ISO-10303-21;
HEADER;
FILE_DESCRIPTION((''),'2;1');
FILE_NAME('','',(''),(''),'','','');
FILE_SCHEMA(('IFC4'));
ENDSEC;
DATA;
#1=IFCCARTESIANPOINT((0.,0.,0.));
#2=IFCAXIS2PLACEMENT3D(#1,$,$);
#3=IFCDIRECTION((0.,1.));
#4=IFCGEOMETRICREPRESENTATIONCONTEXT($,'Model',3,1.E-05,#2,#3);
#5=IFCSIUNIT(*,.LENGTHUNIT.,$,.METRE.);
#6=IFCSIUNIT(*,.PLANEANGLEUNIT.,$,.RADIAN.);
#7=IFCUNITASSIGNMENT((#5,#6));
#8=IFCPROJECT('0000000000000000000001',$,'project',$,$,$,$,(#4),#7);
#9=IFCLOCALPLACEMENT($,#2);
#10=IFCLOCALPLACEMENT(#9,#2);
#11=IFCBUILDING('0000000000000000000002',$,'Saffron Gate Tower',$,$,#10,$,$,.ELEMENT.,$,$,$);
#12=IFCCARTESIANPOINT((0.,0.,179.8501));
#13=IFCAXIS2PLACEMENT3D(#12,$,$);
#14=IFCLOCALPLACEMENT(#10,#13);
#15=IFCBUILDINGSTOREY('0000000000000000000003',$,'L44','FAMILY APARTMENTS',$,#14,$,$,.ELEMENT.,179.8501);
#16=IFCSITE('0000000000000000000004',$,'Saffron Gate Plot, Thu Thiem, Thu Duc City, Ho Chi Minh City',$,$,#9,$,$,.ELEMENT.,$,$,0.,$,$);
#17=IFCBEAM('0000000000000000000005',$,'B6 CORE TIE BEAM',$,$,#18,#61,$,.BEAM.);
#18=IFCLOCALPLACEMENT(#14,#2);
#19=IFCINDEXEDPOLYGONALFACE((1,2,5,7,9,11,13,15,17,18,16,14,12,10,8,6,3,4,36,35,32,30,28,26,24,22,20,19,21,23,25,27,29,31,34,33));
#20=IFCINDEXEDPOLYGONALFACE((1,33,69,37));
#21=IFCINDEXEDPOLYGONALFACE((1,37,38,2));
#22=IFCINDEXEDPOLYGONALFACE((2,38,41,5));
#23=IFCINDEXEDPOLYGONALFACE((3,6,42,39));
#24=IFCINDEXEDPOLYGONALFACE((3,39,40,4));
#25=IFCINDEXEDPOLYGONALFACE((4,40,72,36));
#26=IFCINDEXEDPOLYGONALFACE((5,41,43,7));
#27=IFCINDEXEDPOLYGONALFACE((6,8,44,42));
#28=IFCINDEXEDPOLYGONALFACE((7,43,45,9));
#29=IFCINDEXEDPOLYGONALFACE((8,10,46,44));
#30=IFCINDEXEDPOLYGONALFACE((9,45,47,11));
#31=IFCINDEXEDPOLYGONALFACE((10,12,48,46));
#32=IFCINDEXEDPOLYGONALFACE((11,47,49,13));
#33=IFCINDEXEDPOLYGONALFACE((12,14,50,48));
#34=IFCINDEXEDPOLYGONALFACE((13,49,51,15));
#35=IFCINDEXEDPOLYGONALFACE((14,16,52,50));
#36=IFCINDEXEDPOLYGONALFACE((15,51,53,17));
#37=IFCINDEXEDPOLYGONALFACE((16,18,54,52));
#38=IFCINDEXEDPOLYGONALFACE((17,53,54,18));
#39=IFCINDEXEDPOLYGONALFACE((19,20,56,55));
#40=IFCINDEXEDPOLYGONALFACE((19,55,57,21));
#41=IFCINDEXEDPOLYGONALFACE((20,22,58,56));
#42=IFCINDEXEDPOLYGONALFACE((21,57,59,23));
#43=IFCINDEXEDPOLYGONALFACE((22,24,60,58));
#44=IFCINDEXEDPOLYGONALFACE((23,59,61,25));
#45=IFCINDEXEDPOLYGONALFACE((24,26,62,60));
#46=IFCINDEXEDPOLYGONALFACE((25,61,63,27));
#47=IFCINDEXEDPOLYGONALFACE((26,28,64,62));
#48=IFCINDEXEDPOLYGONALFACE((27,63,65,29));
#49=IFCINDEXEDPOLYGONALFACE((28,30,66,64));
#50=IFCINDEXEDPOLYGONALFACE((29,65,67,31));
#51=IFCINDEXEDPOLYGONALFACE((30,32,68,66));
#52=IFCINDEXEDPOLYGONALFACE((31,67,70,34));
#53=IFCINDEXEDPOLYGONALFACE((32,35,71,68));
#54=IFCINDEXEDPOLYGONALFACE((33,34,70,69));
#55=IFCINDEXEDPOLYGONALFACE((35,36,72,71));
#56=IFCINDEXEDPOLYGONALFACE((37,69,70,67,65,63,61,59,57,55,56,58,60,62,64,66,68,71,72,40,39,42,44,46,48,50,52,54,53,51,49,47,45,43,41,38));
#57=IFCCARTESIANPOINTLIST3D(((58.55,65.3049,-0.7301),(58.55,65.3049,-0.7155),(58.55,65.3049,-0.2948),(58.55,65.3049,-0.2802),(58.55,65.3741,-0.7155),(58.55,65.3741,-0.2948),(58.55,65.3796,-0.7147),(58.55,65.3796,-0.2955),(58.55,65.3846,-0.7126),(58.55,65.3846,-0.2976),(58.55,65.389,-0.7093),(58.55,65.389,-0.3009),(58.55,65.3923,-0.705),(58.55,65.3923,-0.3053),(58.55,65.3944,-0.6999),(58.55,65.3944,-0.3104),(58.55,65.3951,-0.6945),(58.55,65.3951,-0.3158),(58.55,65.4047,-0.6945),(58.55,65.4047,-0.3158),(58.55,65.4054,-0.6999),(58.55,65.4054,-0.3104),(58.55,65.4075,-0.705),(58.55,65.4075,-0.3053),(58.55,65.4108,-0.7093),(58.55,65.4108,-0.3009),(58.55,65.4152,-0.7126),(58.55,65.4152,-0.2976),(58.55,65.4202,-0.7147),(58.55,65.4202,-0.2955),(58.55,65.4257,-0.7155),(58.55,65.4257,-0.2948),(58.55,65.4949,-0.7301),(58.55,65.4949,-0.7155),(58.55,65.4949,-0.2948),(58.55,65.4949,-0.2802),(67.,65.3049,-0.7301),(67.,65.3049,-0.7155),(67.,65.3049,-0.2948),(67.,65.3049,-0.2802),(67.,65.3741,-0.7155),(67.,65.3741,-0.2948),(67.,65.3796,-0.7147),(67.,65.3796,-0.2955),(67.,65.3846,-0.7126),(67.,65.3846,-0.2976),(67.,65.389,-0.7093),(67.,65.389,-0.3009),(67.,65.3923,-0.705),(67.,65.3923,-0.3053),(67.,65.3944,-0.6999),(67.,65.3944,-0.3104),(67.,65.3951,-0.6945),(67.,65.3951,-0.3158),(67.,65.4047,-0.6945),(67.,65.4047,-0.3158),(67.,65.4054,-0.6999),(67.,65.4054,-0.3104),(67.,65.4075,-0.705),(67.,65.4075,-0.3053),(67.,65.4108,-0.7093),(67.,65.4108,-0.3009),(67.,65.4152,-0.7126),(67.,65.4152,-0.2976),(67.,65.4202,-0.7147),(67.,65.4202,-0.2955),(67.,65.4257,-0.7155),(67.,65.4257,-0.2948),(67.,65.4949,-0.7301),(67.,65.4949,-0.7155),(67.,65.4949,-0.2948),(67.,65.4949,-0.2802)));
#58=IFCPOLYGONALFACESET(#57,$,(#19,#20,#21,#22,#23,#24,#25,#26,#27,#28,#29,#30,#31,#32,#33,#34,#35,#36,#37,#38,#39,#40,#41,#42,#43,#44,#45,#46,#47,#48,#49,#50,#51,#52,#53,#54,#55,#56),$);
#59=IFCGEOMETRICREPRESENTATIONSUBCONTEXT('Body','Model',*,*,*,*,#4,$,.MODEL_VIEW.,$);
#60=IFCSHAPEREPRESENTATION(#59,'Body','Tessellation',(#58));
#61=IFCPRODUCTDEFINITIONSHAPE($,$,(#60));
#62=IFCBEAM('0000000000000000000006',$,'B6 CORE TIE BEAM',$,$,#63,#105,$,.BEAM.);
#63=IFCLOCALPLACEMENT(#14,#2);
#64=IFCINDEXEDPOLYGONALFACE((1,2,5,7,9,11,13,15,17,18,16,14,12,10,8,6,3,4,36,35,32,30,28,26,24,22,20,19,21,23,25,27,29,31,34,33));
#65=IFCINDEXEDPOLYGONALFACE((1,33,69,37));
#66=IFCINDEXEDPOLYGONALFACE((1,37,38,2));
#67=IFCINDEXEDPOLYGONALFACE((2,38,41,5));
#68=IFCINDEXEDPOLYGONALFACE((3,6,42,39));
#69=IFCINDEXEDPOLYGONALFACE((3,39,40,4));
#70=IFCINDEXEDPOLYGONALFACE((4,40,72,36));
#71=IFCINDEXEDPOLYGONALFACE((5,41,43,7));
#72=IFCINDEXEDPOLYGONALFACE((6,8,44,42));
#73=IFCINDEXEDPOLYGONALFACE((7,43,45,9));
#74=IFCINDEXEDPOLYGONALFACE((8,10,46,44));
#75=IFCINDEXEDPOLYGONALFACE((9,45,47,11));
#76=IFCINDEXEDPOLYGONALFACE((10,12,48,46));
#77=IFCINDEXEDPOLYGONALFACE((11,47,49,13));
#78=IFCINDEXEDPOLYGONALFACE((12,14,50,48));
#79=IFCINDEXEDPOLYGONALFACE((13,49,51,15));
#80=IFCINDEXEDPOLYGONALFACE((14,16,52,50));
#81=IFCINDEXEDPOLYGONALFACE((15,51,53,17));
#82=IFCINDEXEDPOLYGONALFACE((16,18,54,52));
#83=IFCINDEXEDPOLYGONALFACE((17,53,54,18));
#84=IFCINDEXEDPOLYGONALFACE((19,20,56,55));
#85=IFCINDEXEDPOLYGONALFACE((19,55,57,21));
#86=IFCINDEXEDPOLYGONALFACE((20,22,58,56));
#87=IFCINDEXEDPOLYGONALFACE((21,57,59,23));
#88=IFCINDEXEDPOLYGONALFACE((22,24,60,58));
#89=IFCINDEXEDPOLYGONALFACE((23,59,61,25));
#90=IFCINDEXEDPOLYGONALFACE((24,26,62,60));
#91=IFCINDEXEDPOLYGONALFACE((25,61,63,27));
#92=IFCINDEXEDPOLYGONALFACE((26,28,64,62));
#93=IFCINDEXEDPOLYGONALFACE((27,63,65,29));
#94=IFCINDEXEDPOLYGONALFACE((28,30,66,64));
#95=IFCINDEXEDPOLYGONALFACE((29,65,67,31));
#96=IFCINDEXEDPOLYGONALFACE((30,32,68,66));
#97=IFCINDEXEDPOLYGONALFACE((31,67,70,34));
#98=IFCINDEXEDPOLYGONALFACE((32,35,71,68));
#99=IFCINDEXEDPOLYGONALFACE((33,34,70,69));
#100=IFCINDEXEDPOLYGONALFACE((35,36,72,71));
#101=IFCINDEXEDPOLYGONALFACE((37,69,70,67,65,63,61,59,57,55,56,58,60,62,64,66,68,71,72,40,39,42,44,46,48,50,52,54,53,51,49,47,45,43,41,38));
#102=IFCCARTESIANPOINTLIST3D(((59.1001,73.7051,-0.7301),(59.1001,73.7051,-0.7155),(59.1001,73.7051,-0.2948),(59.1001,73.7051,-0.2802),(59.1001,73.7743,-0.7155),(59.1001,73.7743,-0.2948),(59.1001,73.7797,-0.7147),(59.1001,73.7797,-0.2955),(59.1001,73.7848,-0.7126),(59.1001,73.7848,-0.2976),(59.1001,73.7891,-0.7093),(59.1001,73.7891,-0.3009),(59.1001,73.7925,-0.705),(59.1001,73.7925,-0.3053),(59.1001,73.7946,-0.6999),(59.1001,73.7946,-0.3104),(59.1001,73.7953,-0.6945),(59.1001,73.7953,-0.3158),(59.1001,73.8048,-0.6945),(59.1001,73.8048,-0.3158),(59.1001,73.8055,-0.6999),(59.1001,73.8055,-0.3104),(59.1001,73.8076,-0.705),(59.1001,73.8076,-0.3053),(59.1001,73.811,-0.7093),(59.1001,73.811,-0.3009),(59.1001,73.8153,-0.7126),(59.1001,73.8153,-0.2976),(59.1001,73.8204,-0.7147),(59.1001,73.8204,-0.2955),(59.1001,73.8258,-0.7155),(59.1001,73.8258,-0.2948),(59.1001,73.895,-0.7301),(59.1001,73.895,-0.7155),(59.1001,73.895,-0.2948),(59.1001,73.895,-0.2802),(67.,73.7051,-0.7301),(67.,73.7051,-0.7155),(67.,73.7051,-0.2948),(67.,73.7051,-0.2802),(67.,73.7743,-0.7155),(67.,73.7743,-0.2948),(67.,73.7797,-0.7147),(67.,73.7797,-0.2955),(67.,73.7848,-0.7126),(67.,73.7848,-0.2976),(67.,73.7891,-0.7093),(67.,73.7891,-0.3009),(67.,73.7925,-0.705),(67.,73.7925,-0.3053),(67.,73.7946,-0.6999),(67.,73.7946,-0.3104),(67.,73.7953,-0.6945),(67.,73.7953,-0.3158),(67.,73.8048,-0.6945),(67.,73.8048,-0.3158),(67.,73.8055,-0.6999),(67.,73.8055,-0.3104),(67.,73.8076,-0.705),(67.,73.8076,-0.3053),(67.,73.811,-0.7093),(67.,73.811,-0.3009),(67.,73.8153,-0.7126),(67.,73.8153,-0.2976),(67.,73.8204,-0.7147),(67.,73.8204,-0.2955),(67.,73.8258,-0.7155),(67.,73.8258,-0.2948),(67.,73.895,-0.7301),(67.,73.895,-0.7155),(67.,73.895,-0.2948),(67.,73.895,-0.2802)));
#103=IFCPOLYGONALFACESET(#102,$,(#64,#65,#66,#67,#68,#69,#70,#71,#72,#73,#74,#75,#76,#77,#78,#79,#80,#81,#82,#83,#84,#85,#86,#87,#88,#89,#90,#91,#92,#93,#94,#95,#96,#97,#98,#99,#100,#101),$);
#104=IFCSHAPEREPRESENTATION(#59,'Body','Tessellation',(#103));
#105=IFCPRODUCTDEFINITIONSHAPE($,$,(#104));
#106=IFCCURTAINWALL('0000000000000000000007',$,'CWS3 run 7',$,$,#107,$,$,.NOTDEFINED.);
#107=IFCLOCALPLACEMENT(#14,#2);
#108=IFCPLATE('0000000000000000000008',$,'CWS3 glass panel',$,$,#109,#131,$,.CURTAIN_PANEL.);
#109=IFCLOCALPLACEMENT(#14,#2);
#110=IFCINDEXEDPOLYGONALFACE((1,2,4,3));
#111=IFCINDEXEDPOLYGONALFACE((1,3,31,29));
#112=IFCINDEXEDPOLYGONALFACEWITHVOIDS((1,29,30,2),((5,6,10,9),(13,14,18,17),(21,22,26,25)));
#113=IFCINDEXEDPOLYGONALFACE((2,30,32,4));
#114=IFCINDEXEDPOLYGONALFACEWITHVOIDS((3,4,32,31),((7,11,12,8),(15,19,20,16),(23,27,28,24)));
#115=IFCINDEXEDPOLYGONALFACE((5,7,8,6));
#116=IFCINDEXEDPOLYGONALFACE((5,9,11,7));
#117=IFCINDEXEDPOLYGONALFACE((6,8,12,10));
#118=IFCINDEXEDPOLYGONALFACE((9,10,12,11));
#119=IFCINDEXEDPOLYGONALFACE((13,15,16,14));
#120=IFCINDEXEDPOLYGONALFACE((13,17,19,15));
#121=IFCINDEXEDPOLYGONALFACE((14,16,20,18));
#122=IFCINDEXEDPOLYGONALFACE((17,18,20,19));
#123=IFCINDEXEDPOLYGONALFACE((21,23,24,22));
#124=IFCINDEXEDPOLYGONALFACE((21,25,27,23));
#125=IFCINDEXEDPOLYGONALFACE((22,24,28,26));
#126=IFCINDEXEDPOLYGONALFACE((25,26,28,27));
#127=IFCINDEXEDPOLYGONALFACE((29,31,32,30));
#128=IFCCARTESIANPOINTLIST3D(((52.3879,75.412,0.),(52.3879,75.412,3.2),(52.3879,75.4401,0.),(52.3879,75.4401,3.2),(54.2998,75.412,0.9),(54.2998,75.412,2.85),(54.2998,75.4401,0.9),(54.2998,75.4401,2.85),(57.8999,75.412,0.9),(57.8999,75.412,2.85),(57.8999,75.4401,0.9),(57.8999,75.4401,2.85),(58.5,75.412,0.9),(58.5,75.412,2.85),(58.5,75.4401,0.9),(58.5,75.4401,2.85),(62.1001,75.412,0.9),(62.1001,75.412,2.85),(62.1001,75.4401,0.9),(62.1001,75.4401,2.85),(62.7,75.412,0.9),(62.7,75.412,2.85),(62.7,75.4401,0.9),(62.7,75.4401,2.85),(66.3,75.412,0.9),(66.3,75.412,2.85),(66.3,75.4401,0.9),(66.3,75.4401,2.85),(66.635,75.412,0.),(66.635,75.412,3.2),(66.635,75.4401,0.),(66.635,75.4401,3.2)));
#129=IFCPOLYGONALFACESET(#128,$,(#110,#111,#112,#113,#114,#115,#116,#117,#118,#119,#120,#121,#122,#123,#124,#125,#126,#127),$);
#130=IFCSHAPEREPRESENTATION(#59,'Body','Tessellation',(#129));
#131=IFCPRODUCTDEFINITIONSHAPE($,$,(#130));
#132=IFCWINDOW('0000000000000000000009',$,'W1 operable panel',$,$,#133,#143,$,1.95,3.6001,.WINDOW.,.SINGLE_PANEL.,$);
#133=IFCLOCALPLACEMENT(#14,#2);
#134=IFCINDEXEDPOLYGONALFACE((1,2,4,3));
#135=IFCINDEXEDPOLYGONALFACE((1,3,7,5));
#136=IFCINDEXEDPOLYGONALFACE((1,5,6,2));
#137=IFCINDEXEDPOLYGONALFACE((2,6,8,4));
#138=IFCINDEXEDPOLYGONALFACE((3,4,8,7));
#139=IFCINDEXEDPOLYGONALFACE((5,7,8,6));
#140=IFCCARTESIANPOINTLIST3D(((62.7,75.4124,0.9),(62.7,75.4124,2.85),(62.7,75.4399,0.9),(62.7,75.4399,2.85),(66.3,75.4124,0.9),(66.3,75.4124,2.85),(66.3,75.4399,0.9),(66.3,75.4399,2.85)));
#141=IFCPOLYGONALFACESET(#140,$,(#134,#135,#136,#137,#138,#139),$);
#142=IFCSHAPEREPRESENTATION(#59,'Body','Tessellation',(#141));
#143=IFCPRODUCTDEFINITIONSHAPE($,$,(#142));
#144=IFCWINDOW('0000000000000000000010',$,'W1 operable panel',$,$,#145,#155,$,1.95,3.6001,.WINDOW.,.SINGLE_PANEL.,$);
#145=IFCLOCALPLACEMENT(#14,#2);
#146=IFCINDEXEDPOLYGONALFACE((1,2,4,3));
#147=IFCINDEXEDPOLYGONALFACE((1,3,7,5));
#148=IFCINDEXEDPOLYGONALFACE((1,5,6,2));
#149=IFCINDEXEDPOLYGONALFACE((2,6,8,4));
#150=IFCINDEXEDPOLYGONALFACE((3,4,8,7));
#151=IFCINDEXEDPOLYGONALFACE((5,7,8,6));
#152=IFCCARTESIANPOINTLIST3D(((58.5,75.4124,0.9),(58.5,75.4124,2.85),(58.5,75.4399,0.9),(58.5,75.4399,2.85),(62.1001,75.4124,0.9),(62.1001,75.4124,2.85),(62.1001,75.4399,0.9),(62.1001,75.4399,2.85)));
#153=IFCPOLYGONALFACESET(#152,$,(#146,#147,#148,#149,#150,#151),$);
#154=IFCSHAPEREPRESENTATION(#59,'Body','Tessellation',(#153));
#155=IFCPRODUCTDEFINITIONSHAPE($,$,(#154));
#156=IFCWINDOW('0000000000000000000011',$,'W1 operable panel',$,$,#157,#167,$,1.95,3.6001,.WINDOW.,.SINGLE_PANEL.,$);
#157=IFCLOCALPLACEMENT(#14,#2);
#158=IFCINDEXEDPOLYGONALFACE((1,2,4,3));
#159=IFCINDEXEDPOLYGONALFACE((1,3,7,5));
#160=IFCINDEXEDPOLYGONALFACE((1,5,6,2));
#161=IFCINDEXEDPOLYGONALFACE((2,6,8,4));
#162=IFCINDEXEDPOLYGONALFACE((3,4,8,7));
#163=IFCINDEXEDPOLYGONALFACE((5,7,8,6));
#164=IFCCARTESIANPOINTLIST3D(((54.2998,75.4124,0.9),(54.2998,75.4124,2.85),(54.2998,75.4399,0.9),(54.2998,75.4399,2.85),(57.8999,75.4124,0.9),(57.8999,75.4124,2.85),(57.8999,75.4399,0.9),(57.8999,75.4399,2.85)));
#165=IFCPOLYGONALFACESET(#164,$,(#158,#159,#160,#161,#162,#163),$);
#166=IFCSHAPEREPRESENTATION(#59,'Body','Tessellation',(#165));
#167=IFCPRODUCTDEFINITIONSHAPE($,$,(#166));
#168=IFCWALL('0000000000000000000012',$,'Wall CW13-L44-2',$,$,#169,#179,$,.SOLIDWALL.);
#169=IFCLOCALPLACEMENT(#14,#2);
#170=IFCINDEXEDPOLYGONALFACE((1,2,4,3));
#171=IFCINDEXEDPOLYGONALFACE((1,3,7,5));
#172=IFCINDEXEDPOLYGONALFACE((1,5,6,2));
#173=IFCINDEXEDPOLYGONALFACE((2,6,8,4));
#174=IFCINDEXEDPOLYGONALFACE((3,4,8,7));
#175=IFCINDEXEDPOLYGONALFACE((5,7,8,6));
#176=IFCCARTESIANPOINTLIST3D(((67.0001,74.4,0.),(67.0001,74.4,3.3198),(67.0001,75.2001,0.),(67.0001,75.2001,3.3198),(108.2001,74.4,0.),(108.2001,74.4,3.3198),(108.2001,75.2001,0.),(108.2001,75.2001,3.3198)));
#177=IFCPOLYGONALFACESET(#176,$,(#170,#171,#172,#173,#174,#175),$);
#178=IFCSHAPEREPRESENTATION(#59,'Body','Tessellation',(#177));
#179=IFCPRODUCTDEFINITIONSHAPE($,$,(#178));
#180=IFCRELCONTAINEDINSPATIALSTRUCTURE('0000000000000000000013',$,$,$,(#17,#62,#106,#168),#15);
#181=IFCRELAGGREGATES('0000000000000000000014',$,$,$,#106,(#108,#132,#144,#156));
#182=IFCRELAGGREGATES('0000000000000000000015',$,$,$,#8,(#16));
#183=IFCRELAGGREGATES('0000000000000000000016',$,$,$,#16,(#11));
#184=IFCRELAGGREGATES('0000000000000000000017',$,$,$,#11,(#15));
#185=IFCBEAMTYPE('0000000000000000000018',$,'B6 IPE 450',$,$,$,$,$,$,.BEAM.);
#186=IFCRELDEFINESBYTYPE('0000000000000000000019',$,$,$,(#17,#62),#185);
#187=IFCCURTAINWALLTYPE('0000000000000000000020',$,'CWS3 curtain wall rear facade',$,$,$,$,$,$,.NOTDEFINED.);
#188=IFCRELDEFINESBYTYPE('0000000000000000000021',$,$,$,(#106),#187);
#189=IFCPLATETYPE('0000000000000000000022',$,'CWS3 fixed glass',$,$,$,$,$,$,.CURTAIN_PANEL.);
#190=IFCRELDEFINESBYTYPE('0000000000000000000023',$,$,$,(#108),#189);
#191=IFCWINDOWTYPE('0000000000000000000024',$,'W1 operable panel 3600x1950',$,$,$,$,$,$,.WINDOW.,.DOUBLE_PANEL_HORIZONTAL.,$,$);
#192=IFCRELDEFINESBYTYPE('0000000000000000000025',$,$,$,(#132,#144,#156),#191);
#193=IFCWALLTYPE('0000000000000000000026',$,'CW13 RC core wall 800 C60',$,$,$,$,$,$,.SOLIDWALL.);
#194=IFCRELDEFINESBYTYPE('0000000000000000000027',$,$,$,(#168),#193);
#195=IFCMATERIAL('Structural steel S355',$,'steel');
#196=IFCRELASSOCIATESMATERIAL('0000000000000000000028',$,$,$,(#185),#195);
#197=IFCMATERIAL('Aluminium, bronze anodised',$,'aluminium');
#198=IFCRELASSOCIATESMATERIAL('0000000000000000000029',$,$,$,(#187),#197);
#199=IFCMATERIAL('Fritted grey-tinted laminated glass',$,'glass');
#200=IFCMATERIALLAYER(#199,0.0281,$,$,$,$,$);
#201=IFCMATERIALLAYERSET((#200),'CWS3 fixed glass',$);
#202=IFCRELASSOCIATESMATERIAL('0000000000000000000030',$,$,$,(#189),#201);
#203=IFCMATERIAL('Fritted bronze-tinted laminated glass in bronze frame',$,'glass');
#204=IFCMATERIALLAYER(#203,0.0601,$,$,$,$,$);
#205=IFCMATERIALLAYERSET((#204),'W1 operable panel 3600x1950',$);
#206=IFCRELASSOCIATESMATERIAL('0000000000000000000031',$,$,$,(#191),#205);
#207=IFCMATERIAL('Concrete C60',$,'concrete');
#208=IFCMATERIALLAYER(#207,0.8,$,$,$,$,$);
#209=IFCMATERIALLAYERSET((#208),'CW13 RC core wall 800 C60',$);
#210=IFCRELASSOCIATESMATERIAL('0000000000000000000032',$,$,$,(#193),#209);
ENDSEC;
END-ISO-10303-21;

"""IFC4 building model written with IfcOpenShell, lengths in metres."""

from ifc_helpers import new_model, si_unit, direction, frame, frame_2d, origin, origin_2d, place, context, subcontext, project, spatial, rectangle, i_section, extrude, material, layer, layer_set, material_profile, profile_set, type_object, element, fill, aggregate, save


model = new_model("IFC4")

# Units and contexts
model_context = context("Model", 3, precision=1e-05, world=origin(), true_north=direction((0.0, 1.0)))
body_context = subcontext(model_context, "Body", "Model", "MODEL_VIEW")
ifc_project = project(units=[si_unit("LENGTHUNIT", "METRE"), si_unit("PLANEANGLEUNIT", "RADIAN")], contexts=[model_context])

# Site, building, storey
site_placement = place(None, origin())
site = spatial("IfcSite", under=ifc_project, at=site_placement, Name="Saffron Gate Plot, Thu Thiem, Thu Duc City, Ho Chi Minh City", CompositionType="ELEMENT", RefElevation=0.0)
building_placement = place(site_placement, origin())
building = spatial("IfcBuilding", under=site, at=building_placement, Name="Saffron Gate Tower", CompositionType="ELEMENT")
storey_placement = place(building_placement, frame((0.0, 0.0, 179.8501)))
storey = spatial("IfcBuildingStorey", under=building, at=storey_placement, Name="L44", Description="FAMILY APARTMENTS", CompositionType="ELEMENT", Elevation=179.8501)

# Beams
ifc_material_1 = material(Name="Structural steel S355", Category="steel")
ifc_material_profile = material_profile(ifc_material_1, i_section(OverallWidth=0.1899, OverallDepth=0.45, WebThickness=0.0095, FlangeThickness=0.0146, FilletRadius=0.021, at=origin_2d()))
ifc_profile_set = profile_set([ifc_material_profile], Name="Structural steel S355")
beam_type = type_object("IfcBeamType", Name="B6 IPE 450", PredefinedType="BEAM", material=ifc_profile_set)
beam_1_placement = place(storey_placement, frame((58.55, 65.3999, -0.5051), z_axis=(1.0, 0.0, 0.0), x_axis=(0.0, 1.0, 0.0)))
element("IfcBeam", 1, at=beam_1_placement, inside=storey, type_object=beam_type, Name="B6 CORE TIE BEAM", PredefinedType="BEAM", context=body_context, shape_type="SweptSolid", body=[
    extrude(i_section(OverallWidth=0.1899, OverallDepth=0.45, WebThickness=0.0095, FlangeThickness=0.0146, FilletRadius=0.021, at=origin_2d()), origin(), (0.0, 0.0, 1.0), 8.45),
])
beam_2_placement = place(storey_placement, frame((59.1001, 73.8, -0.5051), z_axis=(1.0, 0.0, 0.0), x_axis=(0.0, 1.0, 0.0)))
element("IfcBeam", 2, at=beam_2_placement, inside=storey, type_object=beam_type, Name="B6 CORE TIE BEAM", PredefinedType="BEAM", context=body_context, shape_type="SweptSolid", body=[
    extrude(i_section(OverallWidth=0.1899, OverallDepth=0.45, WebThickness=0.0095, FlangeThickness=0.0146, FilletRadius=0.021, at=origin_2d()), origin(), (0.0, 0.0, 1.0), 7.8999),
])

# Curtain wall, plate, openings, windows
ifc_material_2 = material(Name="Aluminium, bronze anodised", Category="aluminium")
curtain_wall_type = type_object("IfcCurtainWallType", Name="CWS3 curtain wall rear facade", PredefinedType="NOTDEFINED", material=ifc_material_2)
curtain_wall_placement = place(storey_placement, origin())
curtain_wall = element("IfcCurtainWall", 3, at=curtain_wall_placement, inside=storey, type_object=curtain_wall_type, Name="CWS3 run 7", PredefinedType="NOTDEFINED")
ifc_material_3 = material(Name="Fritted grey-tinted laminated glass", Category="glass")
ifc_layer_1 = layer(ifc_material_3, 0.0281)
ifc_layer_set_1 = layer_set([ifc_layer_1], Name="CWS3 fixed glass")
plate_type = type_object("IfcPlateType", Name="CWS3 fixed glass", PredefinedType="CURTAIN_PANEL", material=ifc_layer_set_1)
plate_placement = place(storey_placement, frame((66.635, 75.426, 0.0), z_axis=(0.0, 0.0, 1.0), x_axis=(-1.0, 0.0, 0.0)))
plate = element("IfcPlate", 4, at=plate_placement, type_object=plate_type, Name="CWS3 glass panel", PredefinedType="CURTAIN_PANEL", context=body_context, shape_type="SweptSolid", body=[
    extrude(rectangle(XDim=14.2471, YDim=0.0281, at=frame_2d((7.1235, 0.0))), origin(), (0.0, 0.0, 1.0), 3.2),
])
opening_1_placement = place(plate_placement, frame((0.335, 0.0, 0.8999)))
opening_1 = element("IfcOpeningElement", 5, at=opening_1_placement, cuts=plate, PredefinedType="OPENING", context=body_context, shape_type="SweptSolid", body=[
    extrude(rectangle(XDim=3.6001, YDim=1.95, at=frame_2d((1.8, 0.9751))), frame((0.0, 0.0239, 0.0), z_axis=(0.0, -1.0, 0.0), x_axis=(1.0, 0.0, 0.0)), (0.0, 0.0, 1.0), 0.0481),
])
opening_2_placement = place(plate_placement, frame((4.5349, 0.0, 0.8999)))
opening_2 = element("IfcOpeningElement", 6, at=opening_2_placement, cuts=plate, PredefinedType="OPENING", context=body_context, shape_type="SweptSolid", body=[
    extrude(rectangle(XDim=3.6001, YDim=1.95, at=frame_2d((1.8, 0.9751))), frame((0.0, 0.0239, 0.0), z_axis=(0.0, -1.0, 0.0), x_axis=(1.0, 0.0, 0.0)), (0.0, 0.0, 1.0), 0.0481),
])
opening_3_placement = place(plate_placement, frame((8.7351, 0.0, 0.8999)))
opening_3 = element("IfcOpeningElement", 7, at=opening_3_placement, cuts=plate, PredefinedType="OPENING", context=body_context, shape_type="SweptSolid", body=[
    extrude(rectangle(XDim=3.6001, YDim=1.95, at=frame_2d((1.8, 0.9751))), frame((0.0, 0.0239, 0.0), z_axis=(0.0, -1.0, 0.0), x_axis=(1.0, 0.0, 0.0)), (0.0, 0.0, 1.0), 0.0481),
])
ifc_material_4 = material(Name="Fritted bronze-tinted laminated glass in bronze frame", Category="glass")
ifc_layer_2 = layer(ifc_material_4, 0.0601)
ifc_layer_set_2 = layer_set([ifc_layer_2], Name="W1 operable panel 3600x1950")
window_type = type_object("IfcWindowType", Name="W1 operable panel 3600x1950", PartitioningType="DOUBLE_PANEL_HORIZONTAL", PredefinedType="WINDOW", material=ifc_layer_set_2)
window_1_placement = place(opening_1_placement, origin())
window_1 = element("IfcWindow", 8, at=window_1_placement, type_object=window_type, Name="W1 operable panel", OverallHeight=1.95, OverallWidth=3.6001, PartitioningType="SINGLE_PANEL", PredefinedType="WINDOW", context=body_context, shape_type="SweptSolid", body=[
    extrude(rectangle(XDim=3.6001, YDim=1.95, at=frame_2d((1.8, 0.9751))), frame((0.0, 0.0137, 0.0), z_axis=(0.0, -1.0, 0.0), x_axis=(1.0, 0.0, 0.0)), (0.0, 0.0, 1.0), 0.0276),
])
fill(opening_1, window_1)
window_2_placement = place(opening_2_placement, origin())
window_2 = element("IfcWindow", 9, at=window_2_placement, type_object=window_type, Name="W1 operable panel", OverallHeight=1.95, OverallWidth=3.6001, PartitioningType="SINGLE_PANEL", PredefinedType="WINDOW", context=body_context, shape_type="SweptSolid", body=[
    extrude(rectangle(XDim=3.6001, YDim=1.95, at=frame_2d((1.8, 0.9751))), frame((0.0, 0.0137, 0.0), z_axis=(0.0, -1.0, 0.0), x_axis=(1.0, 0.0, 0.0)), (0.0, 0.0, 1.0), 0.0276),
])
fill(opening_2, window_2)
window_3_placement = place(opening_3_placement, origin())
window_3 = element("IfcWindow", 10, at=window_3_placement, type_object=window_type, Name="W1 operable panel", OverallHeight=1.95, OverallWidth=3.6001, PartitioningType="SINGLE_PANEL", PredefinedType="WINDOW", context=body_context, shape_type="SweptSolid", body=[
    extrude(rectangle(XDim=3.6001, YDim=1.95, at=frame_2d((1.8, 0.9751))), frame((0.0, 0.0137, 0.0), z_axis=(0.0, -1.0, 0.0), x_axis=(1.0, 0.0, 0.0)), (0.0, 0.0, 1.0), 0.0276),
])
fill(opening_3, window_3)
aggregate(curtain_wall, [plate, window_1, window_2, window_3])

# Wall
ifc_material_5 = material(Name="Concrete C60", Category="concrete")
ifc_layer_3 = layer(ifc_material_5, 0.8)
ifc_layer_set_3 = layer_set([ifc_layer_3], Name="CW13 RC core wall 800 C60")
wall_type_1 = type_object("IfcWallType", Name="CW13 RC core wall 800 C60", PredefinedType="SOLIDWALL", material=ifc_layer_set_3)
wall_1_placement = place(storey_placement, frame((67.0, 74.8, 0.0), z_axis=(0.0, 0.0, 1.0), x_axis=(1.0, 0.0, 0.0)))
element("IfcWall", 11, at=wall_1_placement, inside=storey, type_object=wall_type_1, Name="Wall CW13-L44-2", PredefinedType="SOLIDWALL", context=body_context, shape_type="SweptSolid", body=[
    extrude(rectangle(XDim=41.2, YDim=0.8, at=frame_2d((20.6001, 0.0))), origin(), (0.0, 0.0, 1.0), 3.3198),
])

save(model, "model.ifc")
